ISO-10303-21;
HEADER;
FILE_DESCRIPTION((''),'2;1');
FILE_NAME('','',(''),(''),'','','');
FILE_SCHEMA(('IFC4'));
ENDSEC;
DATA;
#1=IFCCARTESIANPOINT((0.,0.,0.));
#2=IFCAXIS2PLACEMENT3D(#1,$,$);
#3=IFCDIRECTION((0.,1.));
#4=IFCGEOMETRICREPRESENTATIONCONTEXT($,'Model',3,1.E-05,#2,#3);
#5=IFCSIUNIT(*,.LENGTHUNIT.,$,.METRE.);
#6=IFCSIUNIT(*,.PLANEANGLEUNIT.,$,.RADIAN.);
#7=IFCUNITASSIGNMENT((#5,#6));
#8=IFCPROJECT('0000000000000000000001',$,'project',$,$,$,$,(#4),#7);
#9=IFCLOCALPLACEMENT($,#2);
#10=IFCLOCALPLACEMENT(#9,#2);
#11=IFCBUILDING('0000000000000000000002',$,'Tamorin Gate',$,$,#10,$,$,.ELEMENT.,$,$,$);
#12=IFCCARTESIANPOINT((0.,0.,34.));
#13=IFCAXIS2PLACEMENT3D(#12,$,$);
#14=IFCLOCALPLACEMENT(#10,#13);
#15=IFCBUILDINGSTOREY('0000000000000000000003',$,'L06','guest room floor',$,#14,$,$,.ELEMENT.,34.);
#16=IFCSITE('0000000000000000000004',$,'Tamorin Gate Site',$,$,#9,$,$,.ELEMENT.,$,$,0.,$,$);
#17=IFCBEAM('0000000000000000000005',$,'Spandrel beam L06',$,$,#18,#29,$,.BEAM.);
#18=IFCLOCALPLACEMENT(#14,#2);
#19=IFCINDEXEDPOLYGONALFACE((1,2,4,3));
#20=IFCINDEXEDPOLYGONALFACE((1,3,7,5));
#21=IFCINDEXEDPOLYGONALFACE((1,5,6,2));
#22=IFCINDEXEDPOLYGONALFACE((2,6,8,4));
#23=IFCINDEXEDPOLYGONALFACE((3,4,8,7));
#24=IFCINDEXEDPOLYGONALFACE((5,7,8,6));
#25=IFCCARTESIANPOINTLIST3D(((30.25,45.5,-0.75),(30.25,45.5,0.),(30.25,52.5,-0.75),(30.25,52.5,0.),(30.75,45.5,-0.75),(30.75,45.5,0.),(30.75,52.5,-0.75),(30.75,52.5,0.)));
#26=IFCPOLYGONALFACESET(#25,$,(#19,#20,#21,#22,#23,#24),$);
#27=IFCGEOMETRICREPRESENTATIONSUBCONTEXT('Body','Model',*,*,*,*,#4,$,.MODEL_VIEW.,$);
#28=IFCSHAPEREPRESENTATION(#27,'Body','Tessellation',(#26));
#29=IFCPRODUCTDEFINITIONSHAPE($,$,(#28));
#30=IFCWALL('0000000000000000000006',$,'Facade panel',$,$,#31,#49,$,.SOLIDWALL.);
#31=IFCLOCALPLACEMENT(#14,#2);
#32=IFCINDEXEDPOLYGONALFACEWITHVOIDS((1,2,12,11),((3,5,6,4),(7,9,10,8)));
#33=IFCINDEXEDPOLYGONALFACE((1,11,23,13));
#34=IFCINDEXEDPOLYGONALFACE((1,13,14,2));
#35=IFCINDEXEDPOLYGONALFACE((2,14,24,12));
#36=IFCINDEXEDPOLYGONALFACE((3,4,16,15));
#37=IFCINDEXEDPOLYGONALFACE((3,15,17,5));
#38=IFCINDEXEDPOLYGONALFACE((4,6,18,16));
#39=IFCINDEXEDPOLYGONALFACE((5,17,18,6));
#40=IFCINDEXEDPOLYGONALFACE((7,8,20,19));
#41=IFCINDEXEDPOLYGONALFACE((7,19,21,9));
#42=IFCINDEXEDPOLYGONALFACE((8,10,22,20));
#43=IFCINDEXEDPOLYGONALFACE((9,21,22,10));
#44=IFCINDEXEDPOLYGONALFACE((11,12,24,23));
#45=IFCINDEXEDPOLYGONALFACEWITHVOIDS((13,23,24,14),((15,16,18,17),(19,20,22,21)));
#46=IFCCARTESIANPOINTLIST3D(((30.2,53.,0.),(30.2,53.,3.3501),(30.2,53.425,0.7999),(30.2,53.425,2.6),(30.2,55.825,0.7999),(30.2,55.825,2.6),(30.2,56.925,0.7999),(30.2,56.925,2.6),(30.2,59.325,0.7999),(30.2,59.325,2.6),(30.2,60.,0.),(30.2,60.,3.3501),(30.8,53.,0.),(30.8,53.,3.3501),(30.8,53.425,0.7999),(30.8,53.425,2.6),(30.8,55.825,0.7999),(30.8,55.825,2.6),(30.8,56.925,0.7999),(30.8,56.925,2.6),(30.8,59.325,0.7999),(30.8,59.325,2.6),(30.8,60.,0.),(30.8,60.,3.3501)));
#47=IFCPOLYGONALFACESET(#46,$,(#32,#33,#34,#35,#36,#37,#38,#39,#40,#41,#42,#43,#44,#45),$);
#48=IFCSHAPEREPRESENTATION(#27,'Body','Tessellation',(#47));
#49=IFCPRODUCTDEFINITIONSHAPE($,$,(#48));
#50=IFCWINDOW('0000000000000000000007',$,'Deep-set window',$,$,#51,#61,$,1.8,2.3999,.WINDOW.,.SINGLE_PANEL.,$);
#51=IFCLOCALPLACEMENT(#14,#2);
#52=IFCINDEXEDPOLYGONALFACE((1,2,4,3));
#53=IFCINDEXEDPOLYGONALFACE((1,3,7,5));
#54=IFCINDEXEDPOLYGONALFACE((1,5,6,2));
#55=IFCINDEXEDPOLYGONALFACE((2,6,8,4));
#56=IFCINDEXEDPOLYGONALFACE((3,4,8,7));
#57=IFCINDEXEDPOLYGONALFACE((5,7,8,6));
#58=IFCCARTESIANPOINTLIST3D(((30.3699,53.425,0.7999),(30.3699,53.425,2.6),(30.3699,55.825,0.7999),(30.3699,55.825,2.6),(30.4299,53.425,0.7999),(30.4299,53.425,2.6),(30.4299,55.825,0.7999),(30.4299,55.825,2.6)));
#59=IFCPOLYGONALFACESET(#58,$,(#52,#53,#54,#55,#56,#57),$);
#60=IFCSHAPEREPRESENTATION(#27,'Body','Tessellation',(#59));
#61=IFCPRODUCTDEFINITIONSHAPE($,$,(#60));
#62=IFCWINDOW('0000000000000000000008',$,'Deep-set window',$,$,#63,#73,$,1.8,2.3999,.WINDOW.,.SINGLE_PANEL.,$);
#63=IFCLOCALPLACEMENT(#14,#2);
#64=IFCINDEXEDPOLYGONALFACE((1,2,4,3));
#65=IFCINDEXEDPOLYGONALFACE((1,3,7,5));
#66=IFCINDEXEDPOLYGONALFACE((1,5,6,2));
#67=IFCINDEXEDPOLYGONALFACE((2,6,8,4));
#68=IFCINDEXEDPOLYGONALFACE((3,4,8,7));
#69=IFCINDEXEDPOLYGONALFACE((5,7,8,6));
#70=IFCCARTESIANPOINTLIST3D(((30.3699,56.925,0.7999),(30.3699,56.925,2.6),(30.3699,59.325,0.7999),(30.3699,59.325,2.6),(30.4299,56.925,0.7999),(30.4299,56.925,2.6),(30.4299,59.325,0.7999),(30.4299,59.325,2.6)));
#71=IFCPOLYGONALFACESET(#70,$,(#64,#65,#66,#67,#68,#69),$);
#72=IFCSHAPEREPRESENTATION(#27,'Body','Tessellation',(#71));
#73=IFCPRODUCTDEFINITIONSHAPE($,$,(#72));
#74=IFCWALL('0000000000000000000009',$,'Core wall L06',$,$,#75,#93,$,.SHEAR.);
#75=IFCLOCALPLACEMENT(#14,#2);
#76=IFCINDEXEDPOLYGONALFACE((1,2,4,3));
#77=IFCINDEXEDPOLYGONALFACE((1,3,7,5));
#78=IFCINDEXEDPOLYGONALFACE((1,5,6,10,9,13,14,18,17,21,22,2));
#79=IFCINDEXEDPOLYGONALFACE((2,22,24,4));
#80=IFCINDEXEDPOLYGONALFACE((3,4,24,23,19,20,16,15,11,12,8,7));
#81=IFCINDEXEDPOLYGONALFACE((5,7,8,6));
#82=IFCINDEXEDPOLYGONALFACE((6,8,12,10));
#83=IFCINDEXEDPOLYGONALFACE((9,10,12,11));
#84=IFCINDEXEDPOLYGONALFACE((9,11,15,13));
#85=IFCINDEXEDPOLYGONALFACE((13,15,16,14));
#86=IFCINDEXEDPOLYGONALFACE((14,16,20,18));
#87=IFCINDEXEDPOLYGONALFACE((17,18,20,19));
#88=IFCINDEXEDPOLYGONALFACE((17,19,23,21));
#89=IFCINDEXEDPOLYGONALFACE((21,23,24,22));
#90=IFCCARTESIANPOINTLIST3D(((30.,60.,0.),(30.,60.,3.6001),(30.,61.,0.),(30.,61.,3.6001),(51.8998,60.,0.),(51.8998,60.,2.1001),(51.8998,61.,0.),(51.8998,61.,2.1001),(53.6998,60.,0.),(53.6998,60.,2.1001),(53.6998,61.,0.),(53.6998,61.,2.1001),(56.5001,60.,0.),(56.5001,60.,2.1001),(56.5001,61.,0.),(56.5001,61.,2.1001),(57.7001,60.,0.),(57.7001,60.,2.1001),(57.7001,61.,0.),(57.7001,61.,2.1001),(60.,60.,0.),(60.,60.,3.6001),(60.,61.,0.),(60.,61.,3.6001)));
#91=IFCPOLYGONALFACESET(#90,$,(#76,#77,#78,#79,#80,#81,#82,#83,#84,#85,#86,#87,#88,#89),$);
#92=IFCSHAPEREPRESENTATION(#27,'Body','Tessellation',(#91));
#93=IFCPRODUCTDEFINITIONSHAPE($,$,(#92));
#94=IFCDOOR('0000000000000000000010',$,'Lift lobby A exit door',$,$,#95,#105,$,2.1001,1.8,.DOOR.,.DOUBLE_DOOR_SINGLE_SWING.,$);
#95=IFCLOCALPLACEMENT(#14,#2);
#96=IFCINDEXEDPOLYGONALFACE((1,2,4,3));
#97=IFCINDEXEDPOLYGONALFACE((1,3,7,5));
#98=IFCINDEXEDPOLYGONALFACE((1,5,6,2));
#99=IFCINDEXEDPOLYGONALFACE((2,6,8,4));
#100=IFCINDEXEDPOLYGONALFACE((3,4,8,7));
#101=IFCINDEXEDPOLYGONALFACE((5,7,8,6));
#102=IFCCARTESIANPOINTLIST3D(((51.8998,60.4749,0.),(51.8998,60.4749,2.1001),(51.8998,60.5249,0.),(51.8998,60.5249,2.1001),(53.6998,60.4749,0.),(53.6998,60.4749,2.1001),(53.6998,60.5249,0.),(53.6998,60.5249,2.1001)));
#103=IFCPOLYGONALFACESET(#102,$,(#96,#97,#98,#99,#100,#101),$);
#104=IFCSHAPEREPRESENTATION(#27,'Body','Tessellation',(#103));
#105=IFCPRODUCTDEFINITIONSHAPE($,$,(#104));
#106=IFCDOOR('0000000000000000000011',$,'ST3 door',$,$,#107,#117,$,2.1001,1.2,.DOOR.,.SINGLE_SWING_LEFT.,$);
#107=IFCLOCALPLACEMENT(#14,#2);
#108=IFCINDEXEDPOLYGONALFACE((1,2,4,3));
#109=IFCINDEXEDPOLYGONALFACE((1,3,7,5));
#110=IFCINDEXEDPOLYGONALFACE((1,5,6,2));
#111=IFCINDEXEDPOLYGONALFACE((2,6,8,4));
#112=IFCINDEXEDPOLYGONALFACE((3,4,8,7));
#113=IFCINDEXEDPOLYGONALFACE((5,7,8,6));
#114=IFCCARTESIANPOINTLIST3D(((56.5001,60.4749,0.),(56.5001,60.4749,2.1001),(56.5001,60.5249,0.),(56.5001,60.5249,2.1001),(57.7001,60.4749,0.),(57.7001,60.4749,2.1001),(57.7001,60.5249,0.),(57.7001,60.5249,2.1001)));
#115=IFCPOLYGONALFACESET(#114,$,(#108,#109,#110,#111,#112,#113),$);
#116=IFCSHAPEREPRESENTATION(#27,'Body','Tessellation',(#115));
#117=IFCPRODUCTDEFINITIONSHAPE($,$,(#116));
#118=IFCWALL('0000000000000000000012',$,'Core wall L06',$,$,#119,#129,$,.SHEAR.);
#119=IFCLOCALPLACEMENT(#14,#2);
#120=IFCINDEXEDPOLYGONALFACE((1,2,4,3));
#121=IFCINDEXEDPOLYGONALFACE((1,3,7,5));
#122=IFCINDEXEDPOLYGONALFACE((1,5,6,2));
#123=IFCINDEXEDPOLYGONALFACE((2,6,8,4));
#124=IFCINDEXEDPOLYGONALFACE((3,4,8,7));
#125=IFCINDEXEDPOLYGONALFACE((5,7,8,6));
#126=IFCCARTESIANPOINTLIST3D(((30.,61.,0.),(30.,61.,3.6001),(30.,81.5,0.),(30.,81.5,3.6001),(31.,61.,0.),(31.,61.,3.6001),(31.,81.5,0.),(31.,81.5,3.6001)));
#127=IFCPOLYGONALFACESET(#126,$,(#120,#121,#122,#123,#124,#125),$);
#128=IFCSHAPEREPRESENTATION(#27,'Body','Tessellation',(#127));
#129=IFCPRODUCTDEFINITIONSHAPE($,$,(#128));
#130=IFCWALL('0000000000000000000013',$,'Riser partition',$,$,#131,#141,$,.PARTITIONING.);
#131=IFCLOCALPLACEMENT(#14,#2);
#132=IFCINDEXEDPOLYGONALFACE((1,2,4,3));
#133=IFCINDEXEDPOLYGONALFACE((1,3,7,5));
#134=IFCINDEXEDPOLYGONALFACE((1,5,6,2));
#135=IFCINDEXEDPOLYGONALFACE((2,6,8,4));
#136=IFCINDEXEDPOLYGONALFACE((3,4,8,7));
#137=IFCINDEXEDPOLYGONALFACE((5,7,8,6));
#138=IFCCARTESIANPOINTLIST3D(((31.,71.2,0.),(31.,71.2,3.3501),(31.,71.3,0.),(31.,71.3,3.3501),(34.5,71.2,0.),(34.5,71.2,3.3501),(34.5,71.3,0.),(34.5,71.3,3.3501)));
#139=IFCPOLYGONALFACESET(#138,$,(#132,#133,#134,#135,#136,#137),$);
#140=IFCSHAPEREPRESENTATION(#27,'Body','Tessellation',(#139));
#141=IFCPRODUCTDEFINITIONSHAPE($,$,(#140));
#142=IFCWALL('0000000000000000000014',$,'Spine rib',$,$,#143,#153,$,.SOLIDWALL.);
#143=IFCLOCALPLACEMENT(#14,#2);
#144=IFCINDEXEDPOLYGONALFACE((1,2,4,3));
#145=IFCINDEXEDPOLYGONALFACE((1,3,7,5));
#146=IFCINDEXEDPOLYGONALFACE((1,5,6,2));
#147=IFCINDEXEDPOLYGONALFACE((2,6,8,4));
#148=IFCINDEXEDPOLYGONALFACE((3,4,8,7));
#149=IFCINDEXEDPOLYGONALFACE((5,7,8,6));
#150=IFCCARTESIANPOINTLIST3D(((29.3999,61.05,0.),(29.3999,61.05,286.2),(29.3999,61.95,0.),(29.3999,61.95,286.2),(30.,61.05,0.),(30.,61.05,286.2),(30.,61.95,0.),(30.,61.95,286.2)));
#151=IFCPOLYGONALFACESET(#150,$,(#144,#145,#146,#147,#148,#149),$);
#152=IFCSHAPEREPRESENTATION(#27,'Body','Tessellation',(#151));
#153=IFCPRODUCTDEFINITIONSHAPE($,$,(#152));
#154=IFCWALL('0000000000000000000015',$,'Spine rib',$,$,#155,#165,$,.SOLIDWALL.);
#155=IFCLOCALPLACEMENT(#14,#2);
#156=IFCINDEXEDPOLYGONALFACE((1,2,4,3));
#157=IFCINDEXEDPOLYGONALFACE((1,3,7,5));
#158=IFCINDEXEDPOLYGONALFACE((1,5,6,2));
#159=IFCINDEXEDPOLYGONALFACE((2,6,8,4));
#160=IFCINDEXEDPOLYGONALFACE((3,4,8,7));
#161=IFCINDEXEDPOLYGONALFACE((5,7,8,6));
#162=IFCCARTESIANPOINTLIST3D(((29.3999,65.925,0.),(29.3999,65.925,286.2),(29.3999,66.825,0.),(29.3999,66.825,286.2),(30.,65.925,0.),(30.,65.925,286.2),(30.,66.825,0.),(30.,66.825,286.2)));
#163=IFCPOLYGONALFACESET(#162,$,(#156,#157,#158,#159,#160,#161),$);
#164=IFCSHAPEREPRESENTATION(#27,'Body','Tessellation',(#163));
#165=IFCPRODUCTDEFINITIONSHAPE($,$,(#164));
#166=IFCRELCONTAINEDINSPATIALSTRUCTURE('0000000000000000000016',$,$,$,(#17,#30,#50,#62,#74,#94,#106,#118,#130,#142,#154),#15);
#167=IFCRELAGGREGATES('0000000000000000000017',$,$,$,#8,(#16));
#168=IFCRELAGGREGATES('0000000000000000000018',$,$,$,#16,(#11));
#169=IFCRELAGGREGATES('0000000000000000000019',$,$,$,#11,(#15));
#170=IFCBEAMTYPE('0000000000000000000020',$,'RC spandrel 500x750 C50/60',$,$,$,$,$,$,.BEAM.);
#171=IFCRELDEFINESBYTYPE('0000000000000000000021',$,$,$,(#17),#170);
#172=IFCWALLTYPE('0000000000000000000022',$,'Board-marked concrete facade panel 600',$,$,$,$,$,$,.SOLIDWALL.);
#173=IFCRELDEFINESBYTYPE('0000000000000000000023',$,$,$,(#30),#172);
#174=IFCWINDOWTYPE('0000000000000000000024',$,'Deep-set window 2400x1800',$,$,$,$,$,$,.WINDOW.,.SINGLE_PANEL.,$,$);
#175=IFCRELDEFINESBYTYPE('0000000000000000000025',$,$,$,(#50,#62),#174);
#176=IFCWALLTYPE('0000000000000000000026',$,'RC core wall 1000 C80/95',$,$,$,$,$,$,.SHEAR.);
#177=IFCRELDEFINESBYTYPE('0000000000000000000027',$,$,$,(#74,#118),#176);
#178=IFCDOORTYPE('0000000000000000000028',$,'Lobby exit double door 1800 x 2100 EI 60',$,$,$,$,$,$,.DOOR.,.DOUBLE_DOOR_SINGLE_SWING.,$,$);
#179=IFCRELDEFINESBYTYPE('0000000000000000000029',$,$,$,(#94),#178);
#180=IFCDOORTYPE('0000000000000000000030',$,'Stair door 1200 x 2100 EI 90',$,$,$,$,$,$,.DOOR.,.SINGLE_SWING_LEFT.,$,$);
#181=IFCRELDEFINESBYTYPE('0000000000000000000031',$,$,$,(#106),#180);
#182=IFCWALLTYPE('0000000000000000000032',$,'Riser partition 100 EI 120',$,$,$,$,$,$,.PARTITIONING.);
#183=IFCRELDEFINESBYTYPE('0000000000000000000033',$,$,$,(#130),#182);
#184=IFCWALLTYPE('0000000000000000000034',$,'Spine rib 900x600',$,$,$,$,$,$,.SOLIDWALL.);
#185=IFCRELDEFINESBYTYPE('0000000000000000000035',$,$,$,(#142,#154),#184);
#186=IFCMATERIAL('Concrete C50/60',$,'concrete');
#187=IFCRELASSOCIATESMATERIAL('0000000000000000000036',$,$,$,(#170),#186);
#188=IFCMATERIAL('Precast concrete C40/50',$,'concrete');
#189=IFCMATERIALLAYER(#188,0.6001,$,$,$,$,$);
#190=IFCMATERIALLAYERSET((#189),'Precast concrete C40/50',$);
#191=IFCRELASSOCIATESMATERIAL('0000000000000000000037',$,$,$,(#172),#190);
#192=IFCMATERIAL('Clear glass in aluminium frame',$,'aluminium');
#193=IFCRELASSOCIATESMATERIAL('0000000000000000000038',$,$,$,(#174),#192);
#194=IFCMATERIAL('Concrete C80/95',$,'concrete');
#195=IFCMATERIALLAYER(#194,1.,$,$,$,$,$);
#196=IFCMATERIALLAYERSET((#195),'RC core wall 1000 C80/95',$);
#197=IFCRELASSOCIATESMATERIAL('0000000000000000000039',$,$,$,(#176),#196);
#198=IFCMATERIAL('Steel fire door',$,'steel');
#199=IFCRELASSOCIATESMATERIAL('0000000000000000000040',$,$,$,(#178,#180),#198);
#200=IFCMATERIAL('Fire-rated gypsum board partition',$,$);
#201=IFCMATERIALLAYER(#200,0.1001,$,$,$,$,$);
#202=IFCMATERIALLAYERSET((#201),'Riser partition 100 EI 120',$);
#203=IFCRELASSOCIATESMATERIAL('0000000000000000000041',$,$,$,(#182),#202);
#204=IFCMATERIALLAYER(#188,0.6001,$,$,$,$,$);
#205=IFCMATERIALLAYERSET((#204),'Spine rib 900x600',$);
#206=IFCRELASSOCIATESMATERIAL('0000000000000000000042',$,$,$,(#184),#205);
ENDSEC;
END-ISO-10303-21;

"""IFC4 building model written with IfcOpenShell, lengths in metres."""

from ifc_helpers import new_model, si_unit, direction, frame, frame_2d, origin, origin_2d, place, context, subcontext, project, spatial, rectangle, extrude, material, layer, layer_set, material_profile, profile_set, type_object, element, fill, save


model = new_model("IFC4")

# Units and contexts
model_context = context("Model", 3, precision=1e-05, world=origin(), true_north=direction((0.0, 1.0)))
body_context = subcontext(model_context, "Body", "Model", "MODEL_VIEW")
ifc_project = project(units=[si_unit("LENGTHUNIT", "METRE"), si_unit("PLANEANGLEUNIT", "RADIAN")], contexts=[model_context])

# Site, building, storey
site_placement = place(None, origin())
site = spatial("IfcSite", under=ifc_project, at=site_placement, Name="Tamorin Gate Site", CompositionType="ELEMENT", RefElevation=0.0)
building_placement = place(site_placement, origin())
building = spatial("IfcBuilding", under=site, at=building_placement, Name="Tamorin Gate", CompositionType="ELEMENT")
storey_placement = place(building_placement, frame((0.0, 0.0, 34.0)))
storey = spatial("IfcBuildingStorey", under=building, at=storey_placement, Name="L06", Description="guest room floor", CompositionType="ELEMENT", Elevation=34.0)

# Beam
ifc_material_1 = material(Name="Concrete C50/60", Category="concrete")
ifc_material_profile = material_profile(ifc_material_1, rectangle(XDim=0.5, YDim=0.75, at=origin_2d()), Name="RC 500x750")
ifc_profile_set = profile_set([ifc_material_profile], Name="Concrete C50/60")
beam_type = type_object("IfcBeamType", Name="RC spandrel 500x750 C50/60", PredefinedType="BEAM", material=ifc_profile_set)
beam_placement = place(storey_placement, frame((30.5, 52.5, -0.375), z_axis=(0.0, -1.0, 0.0), x_axis=(1.0, 0.0, 0.0)))
element("IfcBeam", 1, at=beam_placement, inside=storey, type_object=beam_type, Name="Spandrel beam L06", PredefinedType="BEAM", context=body_context, shape_type="SweptSolid", body=[
    extrude(rectangle(XDim=0.5, YDim=0.75, at=origin_2d()), origin(), (0.0, 0.0, 1.0), 7.0),
])

# Wall, openings, windows
ifc_material_2 = material(Name="Precast concrete C40/50", Category="concrete")
ifc_layer_1 = layer(ifc_material_2, 0.6001)
ifc_layer_set_1 = layer_set([ifc_layer_1], Name="Precast concrete C40/50")
wall_type_1 = type_object("IfcWallType", Name="Board-marked concrete facade panel 600", PredefinedType="SOLIDWALL", material=ifc_layer_set_1)
wall_1_placement = place(storey_placement, frame((30.5, 60.0, 0.0), z_axis=(0.0, 0.0, 1.0), x_axis=(0.0, -1.0, 0.0)))
wall_1 = element("IfcWall", 2, at=wall_1_placement, inside=storey, type_object=wall_type_1, Name="Facade panel", PredefinedType="SOLIDWALL", context=body_context, shape_type="SweptSolid", body=[
    extrude(rectangle(XDim=7.0, YDim=0.6001, at=frame_2d((3.5, 0.0))), origin(), (0.0, 0.0, 1.0), 3.3501),
])
opening_1_placement = place(wall_1_placement, frame((4.175, 0.0, 0.8)))
opening_1 = element("IfcOpeningElement", 3, at=opening_1_placement, cuts=wall_1, PredefinedType="OPENING", context=body_context, shape_type="SweptSolid", body=[
    extrude(rectangle(XDim=2.3999, YDim=1.8, at=frame_2d((1.2, 0.8999))), frame((0.0, 0.3101, 0.0), z_axis=(0.0, -1.0, 0.0), x_axis=(1.0, 0.0, 0.0)), (0.0, 0.0, 1.0), 0.6201),
])
opening_2_placement = place(wall_1_placement, frame((0.675, 0.0, 0.8)))
opening_2 = element("IfcOpeningElement", 4, at=opening_2_placement, cuts=wall_1, PredefinedType="OPENING", context=body_context, shape_type="SweptSolid", body=[
    extrude(rectangle(XDim=2.3999, YDim=1.8, at=frame_2d((1.2, 0.8999))), frame((0.0, 0.3101, 0.0), z_axis=(0.0, -1.0, 0.0), x_axis=(1.0, 0.0, 0.0)), (0.0, 0.0, 1.0), 0.6201),
])
ifc_material_3 = material(Name="Clear glass in aluminium frame", Category="aluminium")
window_type = type_object("IfcWindowType", Name="Deep-set window 2400x1800", PartitioningType="SINGLE_PANEL", PredefinedType="WINDOW", material=ifc_material_3)
window_1_placement = place(opening_1_placement, origin())
window_1 = element("IfcWindow", 5, at=window_1_placement, inside=storey, type_object=window_type, Name="Deep-set window", OverallHeight=1.8, OverallWidth=2.3999, PartitioningType="SINGLE_PANEL", PredefinedType="WINDOW", context=body_context, shape_type="SweptSolid", body=[
    extrude(rectangle(XDim=2.3999, YDim=1.8, at=frame_2d((1.2, 0.8999))), frame((0.0, -0.0701, 0.0), z_axis=(0.0, -1.0, 0.0), x_axis=(1.0, 0.0, 0.0)), (0.0, 0.0, 1.0), 0.0601),
])
fill(opening_1, window_1)
window_2_placement = place(opening_2_placement, origin())
window_2 = element("IfcWindow", 6, at=window_2_placement, inside=storey, type_object=window_type, Name="Deep-set window", OverallHeight=1.8, OverallWidth=2.3999, PartitioningType="SINGLE_PANEL", PredefinedType="WINDOW", context=body_context, shape_type="SweptSolid", body=[
    extrude(rectangle(XDim=2.3999, YDim=1.8, at=frame_2d((1.2, 0.8999))), frame((0.0, -0.0701, 0.0), z_axis=(0.0, -1.0, 0.0), x_axis=(1.0, 0.0, 0.0)), (0.0, 0.0, 1.0), 0.0601),
])
fill(opening_2, window_2)

# Wall, openings, doors
ifc_material_4 = material(Name="Concrete C80/95", Category="concrete")
ifc_layer_2 = layer(ifc_material_4, 1.0)
ifc_layer_set_2 = layer_set([ifc_layer_2], Name="RC core wall 1000 C80/95")
wall_type_2 = type_object("IfcWallType", Name="RC core wall 1000 C80/95", PredefinedType="SHEAR", material=ifc_layer_set_2)
wall_2_placement = place(storey_placement, frame((30.0, 60.5, 0.0), z_axis=(0.0, 0.0, 1.0), x_axis=(1.0, 0.0, 0.0)))
wall_2 = element("IfcWall", 7, at=wall_2_placement, inside=storey, type_object=wall_type_2, Name="Core wall L06", PredefinedType="SHEAR", context=body_context, shape_type="SweptSolid", body=[
    extrude(rectangle(XDim=30.0, YDim=1.0, at=frame_2d((15.0, 0.0))), origin(), (0.0, 0.0, 1.0), 3.6001),
])
opening_3_placement = place(wall_2_placement, frame((21.8999, 0.0, 0.0)))
opening_3 = element("IfcOpeningElement", 8, at=opening_3_placement, cuts=wall_2, PredefinedType="OPENING", context=body_context, shape_type="SweptSolid", body=[
    extrude(rectangle(XDim=1.8, YDim=2.1001, at=frame_2d((0.8999, 1.05))), frame((0.0, 0.51, 0.0), z_axis=(0.0, -1.0, 0.0), x_axis=(1.0, 0.0, 0.0)), (0.0, 0.0, 1.0), 1.02),
])
opening_4_placement = place(wall_2_placement, frame((26.5, 0.0, 0.0)))
opening_4 = element("IfcOpeningElement", 9, at=opening_4_placement, cuts=wall_2, PredefinedType="OPENING", context=body_context, shape_type="SweptSolid", body=[
    extrude(rectangle(XDim=1.2, YDim=2.1001, at=frame_2d((0.6001, 1.05))), frame((0.0, 0.51, 0.0), z_axis=(0.0, -1.0, 0.0), x_axis=(1.0, 0.0, 0.0)), (0.0, 0.0, 1.0), 1.02),
])
ifc_material_5 = material(Name="Steel fire door", Category="steel")
door_type_1 = type_object("IfcDoorType", Name="Lobby exit double door 1800 x 2100 EI 60", OperationType="DOUBLE_DOOR_SINGLE_SWING", PredefinedType="DOOR", material=ifc_material_5)
door_1_placement = place(opening_3_placement, origin())
door_1 = element("IfcDoor", 10, at=door_1_placement, inside=storey, type_object=door_type_1, Name="Lift lobby A exit door", OperationType="DOUBLE_DOOR_SINGLE_SWING", OverallHeight=2.1001, OverallWidth=1.8, PredefinedType="DOOR", context=body_context, shape_type="SweptSolid", body=[
    extrude(rectangle(XDim=1.8, YDim=2.1001, at=frame_2d((0.8999, 1.05))), frame((0.0, 0.0249, 0.0), z_axis=(0.0, -1.0, 0.0), x_axis=(1.0, 0.0, 0.0)), (0.0, 0.0, 1.0), 0.05),
])
fill(opening_3, door_1)
door_type_2 = type_object("IfcDoorType", Name="Stair door 1200 x 2100 EI 90", OperationType="SINGLE_SWING_LEFT", PredefinedType="DOOR", material=ifc_material_5)
door_2_placement = place(opening_4_placement, origin())
door_2 = element("IfcDoor", 11, at=door_2_placement, inside=storey, type_object=door_type_2, Name="ST3 door", OperationType="SINGLE_SWING_LEFT", OverallHeight=2.1001, OverallWidth=1.2, PredefinedType="DOOR", context=body_context, shape_type="SweptSolid", body=[
    extrude(rectangle(XDim=1.2, YDim=2.1001, at=frame_2d((0.6001, 1.05))), frame((0.0, 0.0249, 0.0), z_axis=(0.0, -1.0, 0.0), x_axis=(1.0, 0.0, 0.0)), (0.0, 0.0, 1.0), 0.05),
])
fill(opening_4, door_2)

# Walls
wall_3_placement = place(storey_placement, frame((30.5, 61.0, 0.0), z_axis=(0.0, 0.0, 1.0), x_axis=(0.0, 1.0, 0.0)))
element("IfcWall", 12, at=wall_3_placement, inside=storey, type_object=wall_type_2, Name="Core wall L06", PredefinedType="SHEAR", context=body_context, shape_type="SweptSolid", body=[
    extrude(rectangle(XDim=20.5, YDim=1.0, at=frame_2d((10.25, 0.0))), origin(), (0.0, 0.0, 1.0), 3.6001),
])
ifc_material_6 = material(Name="Fire-rated gypsum board partition")
ifc_layer_3 = layer(ifc_material_6, 0.1001)
ifc_layer_set_3 = layer_set([ifc_layer_3], Name="Riser partition 100 EI 120")
wall_type_3 = type_object("IfcWallType", Name="Riser partition 100 EI 120", PredefinedType="PARTITIONING", material=ifc_layer_set_3)
wall_4_placement = place(storey_placement, frame((31.0, 71.25, 0.0), z_axis=(0.0, 0.0, 1.0), x_axis=(1.0, 0.0, 0.0)))
element("IfcWall", 13, at=wall_4_placement, inside=storey, type_object=wall_type_3, Name="Riser partition", PredefinedType="PARTITIONING", context=body_context, shape_type="SweptSolid", body=[
    extrude(rectangle(XDim=3.5, YDim=0.1001, at=frame_2d((1.75, 0.0))), origin(), (0.0, 0.0, 1.0), 3.3501),
])
ifc_layer_4 = layer(ifc_material_2, 0.6001)
ifc_layer_set_4 = layer_set([ifc_layer_4], Name="Spine rib 900x600")
wall_type_4 = type_object("IfcWallType", Name="Spine rib 900x600", PredefinedType="SOLIDWALL", material=ifc_layer_set_4)
for number, where, z_axis, x_axis, name in (
    (14, (29.7, 61.05, 0.0), (0.0, 0.0, 1.0), (0.0, 1.0, 0.0), "Spine rib"),
    (15, (29.7, 65.925, 0.0), (0.0, 0.0, 1.0), (0.0, 1.0, 0.0), "Spine rib"),
):
    element("IfcWall", number, at=place(storey_placement, frame(where, z_axis=z_axis, x_axis=x_axis)), inside=storey, type_object=wall_type_4, Name=name, PredefinedType="SOLIDWALL", context=body_context, shape_type="SweptSolid", body=[
        extrude(rectangle(XDim=0.8999, YDim=0.6001, at=frame_2d((0.45, 0.0))), origin(), (0.0, 0.0, 1.0), 286.2),
    ])

save(model, "model.ifc")
